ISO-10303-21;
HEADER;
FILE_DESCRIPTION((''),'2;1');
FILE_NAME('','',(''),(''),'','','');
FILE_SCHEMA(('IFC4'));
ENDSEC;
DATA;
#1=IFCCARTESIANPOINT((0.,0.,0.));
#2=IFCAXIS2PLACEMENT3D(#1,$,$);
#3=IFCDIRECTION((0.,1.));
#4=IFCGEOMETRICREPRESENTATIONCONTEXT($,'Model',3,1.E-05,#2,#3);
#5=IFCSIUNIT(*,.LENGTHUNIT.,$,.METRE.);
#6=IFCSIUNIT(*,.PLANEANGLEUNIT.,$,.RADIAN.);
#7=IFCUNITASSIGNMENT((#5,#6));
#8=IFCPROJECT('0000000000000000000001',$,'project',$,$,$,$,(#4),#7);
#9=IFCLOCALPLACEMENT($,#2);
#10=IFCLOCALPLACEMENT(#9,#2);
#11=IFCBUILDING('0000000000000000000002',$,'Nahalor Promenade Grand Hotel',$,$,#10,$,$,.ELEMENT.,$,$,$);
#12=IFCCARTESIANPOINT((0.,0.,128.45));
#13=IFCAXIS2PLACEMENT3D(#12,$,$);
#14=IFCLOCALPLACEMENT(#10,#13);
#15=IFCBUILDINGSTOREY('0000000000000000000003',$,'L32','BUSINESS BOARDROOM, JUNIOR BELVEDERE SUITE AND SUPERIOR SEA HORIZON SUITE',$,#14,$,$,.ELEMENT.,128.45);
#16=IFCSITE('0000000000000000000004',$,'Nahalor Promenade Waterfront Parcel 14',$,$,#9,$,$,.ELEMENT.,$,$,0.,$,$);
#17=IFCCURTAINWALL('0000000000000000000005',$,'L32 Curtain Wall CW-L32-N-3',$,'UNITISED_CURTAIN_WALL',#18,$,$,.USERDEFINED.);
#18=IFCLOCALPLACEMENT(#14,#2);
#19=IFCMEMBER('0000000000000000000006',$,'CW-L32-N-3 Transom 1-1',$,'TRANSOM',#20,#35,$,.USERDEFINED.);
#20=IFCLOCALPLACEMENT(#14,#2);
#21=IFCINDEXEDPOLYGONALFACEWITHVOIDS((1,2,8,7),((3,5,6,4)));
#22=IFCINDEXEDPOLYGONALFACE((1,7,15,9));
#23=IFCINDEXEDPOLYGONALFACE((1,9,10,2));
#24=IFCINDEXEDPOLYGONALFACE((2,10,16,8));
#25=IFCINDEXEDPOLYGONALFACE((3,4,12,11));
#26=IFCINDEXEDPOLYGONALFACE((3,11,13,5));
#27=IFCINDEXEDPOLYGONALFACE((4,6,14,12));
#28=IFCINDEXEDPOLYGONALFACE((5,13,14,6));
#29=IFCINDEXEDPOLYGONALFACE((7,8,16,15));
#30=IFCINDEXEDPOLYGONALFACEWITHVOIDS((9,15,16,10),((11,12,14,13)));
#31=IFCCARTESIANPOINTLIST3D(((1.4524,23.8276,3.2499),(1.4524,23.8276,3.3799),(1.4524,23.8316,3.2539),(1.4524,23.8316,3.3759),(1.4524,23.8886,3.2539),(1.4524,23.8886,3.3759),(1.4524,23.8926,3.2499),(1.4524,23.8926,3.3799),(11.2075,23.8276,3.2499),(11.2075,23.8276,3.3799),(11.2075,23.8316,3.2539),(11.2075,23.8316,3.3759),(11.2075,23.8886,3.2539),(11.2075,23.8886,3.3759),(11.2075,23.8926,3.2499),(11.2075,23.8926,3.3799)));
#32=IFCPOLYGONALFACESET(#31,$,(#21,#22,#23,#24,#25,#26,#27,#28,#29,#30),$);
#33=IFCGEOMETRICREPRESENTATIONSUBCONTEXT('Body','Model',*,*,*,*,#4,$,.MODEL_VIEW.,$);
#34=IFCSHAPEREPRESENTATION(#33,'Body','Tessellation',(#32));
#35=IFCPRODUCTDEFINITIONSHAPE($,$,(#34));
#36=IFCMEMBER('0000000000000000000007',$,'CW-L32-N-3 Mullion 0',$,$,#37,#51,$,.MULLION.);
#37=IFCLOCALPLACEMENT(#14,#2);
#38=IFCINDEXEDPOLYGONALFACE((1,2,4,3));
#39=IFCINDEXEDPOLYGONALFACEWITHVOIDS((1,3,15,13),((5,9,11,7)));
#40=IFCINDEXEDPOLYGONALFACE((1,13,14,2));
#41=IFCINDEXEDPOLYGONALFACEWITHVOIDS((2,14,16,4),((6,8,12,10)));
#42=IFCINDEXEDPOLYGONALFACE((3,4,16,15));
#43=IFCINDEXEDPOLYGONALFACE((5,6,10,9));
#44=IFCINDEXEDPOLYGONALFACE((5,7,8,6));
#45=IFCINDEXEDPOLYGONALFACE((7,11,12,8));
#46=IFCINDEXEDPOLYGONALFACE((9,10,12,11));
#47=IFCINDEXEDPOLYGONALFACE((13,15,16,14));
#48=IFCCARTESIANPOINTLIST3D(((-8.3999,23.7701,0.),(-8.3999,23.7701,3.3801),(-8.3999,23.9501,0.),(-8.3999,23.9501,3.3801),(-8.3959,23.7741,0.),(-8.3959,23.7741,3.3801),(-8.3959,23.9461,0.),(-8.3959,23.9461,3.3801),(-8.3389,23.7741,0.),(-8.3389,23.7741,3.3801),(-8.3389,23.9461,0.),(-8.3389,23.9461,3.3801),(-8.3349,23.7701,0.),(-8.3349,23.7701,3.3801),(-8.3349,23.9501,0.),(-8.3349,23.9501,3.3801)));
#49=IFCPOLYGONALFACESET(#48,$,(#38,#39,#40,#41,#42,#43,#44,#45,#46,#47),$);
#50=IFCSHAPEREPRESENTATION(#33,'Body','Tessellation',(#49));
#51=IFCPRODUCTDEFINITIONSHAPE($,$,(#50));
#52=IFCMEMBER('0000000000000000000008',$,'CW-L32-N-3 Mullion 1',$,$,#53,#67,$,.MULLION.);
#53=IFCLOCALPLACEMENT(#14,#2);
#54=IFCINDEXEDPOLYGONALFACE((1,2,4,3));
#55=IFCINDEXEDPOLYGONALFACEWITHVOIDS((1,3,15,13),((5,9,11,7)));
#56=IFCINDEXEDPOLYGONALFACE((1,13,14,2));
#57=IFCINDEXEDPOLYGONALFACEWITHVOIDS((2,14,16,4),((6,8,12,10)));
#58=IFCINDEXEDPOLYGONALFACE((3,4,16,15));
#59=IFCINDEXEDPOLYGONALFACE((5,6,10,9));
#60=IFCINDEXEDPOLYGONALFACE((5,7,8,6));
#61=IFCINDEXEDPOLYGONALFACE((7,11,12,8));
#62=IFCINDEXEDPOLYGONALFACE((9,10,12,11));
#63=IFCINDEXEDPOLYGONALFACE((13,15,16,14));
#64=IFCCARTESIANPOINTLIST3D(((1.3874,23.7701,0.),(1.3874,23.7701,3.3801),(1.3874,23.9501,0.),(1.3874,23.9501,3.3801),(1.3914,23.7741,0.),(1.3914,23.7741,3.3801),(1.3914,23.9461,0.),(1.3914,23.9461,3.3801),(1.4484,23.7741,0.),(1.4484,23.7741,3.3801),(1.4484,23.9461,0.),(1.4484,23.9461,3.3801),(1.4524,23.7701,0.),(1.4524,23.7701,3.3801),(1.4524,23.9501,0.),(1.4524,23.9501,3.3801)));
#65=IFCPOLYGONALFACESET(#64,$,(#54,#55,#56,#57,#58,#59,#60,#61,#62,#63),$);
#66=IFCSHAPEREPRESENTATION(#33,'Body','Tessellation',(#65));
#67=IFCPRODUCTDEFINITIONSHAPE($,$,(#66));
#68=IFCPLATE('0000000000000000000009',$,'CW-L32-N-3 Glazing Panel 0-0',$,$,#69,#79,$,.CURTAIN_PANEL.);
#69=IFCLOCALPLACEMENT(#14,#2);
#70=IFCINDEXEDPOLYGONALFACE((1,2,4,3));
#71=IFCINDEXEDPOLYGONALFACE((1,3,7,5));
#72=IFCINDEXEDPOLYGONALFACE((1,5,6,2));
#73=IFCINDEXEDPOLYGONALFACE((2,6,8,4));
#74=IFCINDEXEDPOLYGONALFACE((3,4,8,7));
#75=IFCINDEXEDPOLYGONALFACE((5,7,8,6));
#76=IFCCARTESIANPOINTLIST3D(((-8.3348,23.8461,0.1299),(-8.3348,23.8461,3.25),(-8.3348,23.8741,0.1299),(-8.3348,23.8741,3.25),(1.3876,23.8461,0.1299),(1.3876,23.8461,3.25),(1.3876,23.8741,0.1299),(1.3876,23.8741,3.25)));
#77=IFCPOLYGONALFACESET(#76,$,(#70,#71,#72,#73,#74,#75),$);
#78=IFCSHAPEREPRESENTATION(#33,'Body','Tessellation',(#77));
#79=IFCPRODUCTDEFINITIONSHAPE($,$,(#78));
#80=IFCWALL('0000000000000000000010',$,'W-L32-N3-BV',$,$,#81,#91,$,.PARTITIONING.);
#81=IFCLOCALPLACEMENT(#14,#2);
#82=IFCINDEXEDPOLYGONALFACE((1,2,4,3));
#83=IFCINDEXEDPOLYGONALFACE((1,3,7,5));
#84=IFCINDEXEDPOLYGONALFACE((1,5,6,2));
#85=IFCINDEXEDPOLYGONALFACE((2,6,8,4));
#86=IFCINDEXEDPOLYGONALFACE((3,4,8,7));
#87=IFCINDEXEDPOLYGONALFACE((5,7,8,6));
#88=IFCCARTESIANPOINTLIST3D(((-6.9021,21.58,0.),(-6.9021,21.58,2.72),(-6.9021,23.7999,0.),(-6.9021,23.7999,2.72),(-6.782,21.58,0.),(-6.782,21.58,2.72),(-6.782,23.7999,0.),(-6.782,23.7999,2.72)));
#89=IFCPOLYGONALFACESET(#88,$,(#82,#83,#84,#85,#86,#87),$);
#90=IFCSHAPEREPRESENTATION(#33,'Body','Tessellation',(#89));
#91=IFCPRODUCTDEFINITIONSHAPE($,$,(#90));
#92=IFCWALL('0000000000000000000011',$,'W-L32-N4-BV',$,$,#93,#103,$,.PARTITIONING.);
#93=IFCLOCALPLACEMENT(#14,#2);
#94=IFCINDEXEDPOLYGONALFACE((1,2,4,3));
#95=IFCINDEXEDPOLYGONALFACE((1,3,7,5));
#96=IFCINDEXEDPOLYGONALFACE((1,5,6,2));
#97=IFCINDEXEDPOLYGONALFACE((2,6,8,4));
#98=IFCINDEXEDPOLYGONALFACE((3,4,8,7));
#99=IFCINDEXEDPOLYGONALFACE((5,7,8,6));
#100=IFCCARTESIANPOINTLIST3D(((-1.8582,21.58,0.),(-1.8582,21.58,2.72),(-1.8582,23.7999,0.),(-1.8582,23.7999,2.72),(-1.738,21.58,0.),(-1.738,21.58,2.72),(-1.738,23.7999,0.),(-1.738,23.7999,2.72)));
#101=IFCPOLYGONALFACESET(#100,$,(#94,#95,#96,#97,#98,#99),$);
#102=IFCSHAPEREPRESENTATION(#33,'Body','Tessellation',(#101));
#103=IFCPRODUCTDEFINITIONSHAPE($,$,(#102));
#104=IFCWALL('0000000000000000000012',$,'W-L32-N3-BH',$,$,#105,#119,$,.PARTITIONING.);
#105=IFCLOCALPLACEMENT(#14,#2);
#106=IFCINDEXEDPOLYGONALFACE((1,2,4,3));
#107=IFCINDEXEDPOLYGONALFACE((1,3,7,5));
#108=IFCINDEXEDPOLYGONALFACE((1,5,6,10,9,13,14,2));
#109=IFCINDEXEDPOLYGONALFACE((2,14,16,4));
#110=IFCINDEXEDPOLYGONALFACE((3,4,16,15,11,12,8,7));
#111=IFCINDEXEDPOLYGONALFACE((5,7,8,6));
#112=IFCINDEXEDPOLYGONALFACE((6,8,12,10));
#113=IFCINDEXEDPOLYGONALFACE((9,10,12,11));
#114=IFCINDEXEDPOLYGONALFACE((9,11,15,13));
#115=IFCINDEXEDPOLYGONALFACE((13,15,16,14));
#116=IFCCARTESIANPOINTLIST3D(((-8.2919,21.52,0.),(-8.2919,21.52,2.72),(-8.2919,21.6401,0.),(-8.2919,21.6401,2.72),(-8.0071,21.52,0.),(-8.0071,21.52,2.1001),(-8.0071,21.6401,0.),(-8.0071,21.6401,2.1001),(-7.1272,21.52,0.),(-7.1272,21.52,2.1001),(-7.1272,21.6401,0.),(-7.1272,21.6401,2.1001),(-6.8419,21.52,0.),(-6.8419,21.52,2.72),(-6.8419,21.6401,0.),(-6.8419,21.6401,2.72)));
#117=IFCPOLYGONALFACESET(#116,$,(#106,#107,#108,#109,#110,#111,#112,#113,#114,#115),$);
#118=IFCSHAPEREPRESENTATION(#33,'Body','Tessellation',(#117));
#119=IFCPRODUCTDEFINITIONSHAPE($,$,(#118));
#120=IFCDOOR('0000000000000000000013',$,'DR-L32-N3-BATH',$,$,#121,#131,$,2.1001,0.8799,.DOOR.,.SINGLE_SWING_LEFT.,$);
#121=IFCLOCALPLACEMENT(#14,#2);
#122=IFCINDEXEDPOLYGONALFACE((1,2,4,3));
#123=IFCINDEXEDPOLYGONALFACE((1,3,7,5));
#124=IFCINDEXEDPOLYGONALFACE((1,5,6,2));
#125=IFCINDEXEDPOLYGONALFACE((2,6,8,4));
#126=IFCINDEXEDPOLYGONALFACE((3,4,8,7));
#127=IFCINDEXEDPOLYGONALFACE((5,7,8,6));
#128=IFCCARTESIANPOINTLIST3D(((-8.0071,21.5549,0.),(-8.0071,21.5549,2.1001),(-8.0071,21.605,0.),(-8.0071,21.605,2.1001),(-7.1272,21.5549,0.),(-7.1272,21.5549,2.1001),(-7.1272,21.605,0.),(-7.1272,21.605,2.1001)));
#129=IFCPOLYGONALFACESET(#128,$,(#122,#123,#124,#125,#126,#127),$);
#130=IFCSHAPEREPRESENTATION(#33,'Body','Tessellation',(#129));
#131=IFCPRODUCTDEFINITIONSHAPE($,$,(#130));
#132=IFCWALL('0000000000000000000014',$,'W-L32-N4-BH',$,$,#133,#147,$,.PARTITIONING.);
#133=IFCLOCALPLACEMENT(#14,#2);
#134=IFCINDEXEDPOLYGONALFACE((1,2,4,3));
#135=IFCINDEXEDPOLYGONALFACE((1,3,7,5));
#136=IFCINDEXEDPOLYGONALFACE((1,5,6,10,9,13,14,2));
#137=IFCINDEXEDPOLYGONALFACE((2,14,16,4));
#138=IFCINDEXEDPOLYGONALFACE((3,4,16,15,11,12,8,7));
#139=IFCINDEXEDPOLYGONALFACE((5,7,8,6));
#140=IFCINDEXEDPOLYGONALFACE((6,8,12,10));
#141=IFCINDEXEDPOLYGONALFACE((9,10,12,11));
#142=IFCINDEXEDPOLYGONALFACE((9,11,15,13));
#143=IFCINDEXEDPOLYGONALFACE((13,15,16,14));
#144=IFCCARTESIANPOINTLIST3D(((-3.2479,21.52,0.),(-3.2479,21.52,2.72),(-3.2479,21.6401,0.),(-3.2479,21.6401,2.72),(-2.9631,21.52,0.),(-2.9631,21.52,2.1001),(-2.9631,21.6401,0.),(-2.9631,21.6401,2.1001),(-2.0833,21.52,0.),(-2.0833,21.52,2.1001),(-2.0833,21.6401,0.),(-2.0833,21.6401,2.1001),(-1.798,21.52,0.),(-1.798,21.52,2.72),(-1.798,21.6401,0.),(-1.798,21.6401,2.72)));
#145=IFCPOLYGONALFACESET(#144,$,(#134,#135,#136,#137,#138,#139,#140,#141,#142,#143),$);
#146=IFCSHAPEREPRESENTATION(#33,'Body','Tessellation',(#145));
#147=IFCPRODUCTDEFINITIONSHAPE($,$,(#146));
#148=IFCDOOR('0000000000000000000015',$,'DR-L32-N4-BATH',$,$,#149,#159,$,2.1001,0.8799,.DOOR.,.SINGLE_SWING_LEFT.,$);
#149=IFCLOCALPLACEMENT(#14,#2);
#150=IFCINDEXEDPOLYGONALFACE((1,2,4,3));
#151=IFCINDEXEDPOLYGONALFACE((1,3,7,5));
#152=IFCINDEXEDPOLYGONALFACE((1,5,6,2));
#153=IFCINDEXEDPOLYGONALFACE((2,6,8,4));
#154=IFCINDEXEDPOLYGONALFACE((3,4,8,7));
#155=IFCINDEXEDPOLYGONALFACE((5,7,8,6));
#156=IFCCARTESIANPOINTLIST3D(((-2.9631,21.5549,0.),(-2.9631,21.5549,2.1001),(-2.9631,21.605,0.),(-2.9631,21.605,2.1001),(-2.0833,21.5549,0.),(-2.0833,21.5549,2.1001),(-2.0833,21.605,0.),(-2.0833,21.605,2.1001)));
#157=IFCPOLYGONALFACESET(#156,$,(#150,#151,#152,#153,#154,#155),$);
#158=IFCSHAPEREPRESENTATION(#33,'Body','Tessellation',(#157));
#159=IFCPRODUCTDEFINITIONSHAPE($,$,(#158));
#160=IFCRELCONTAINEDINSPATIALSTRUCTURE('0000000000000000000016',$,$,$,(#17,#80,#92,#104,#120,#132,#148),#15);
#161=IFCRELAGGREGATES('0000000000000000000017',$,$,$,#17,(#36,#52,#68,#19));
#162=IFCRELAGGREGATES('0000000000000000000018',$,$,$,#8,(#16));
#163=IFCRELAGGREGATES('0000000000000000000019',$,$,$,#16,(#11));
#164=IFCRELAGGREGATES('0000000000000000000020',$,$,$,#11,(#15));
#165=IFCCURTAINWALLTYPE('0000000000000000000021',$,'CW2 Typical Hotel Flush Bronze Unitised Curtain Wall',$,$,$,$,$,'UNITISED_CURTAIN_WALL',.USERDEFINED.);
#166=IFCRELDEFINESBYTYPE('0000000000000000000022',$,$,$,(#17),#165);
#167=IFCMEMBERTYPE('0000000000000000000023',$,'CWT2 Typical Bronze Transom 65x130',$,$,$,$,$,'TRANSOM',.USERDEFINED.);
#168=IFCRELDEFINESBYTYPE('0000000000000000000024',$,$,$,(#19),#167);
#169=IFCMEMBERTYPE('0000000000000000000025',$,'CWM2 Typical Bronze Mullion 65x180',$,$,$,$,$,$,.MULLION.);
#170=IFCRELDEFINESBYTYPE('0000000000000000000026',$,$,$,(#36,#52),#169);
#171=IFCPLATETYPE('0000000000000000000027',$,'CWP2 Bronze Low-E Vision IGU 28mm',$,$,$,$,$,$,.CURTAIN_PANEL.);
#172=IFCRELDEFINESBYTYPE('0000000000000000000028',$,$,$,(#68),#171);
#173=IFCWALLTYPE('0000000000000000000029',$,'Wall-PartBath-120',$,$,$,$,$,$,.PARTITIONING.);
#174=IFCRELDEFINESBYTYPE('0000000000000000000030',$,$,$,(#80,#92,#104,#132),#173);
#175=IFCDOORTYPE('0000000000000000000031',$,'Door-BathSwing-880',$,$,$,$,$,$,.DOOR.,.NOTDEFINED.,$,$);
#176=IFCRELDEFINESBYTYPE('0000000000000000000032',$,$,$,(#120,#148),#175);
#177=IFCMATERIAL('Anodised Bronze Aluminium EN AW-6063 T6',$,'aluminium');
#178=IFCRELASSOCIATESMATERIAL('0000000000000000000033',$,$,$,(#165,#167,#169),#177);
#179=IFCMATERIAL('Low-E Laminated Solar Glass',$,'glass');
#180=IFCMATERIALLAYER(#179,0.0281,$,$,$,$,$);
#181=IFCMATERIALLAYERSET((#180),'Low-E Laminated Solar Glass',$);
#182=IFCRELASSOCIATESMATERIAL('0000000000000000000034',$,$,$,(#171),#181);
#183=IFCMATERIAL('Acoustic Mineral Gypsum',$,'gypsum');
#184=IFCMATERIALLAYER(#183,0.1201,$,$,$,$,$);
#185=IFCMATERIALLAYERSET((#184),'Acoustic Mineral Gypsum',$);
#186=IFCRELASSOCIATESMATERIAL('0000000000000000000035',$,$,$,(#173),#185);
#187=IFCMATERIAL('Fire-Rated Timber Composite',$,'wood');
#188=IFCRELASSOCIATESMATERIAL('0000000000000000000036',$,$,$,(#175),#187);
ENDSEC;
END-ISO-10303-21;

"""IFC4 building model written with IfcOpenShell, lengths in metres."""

from ifc_helpers import new_model, si_unit, direction, frame, frame_2d, origin, origin_2d, place, context, subcontext, project, spatial, rectangle, hollow_rectangle, extrude, source, transform, mapped, material, layer, layer_set, material_profile, profile_set, type_object, element, fill, aggregate, save


model = new_model("IFC4")

# Units and contexts
model_context = context("Model", 3, precision=1e-05, world=origin(), true_north=direction((0.0, 1.0)))
body_context = subcontext(model_context, "Body", "Model", "MODEL_VIEW")
ifc_project = project(units=[si_unit("LENGTHUNIT", "METRE"), si_unit("PLANEANGLEUNIT", "RADIAN")], contexts=[model_context])

# Site, building, storey
site_placement = place(None, origin())
site = spatial("IfcSite", under=ifc_project, at=site_placement, Name="Nahalor Promenade Waterfront Parcel 14", CompositionType="ELEMENT", RefElevation=0.0)
building_placement = place(site_placement, origin())
building = spatial("IfcBuilding", under=site, at=building_placement, Name="Nahalor Promenade Grand Hotel", CompositionType="ELEMENT")
storey_placement = place(building_placement, frame((0.0, 0.0, 128.45)))
storey = spatial("IfcBuildingStorey", under=building, at=storey_placement, Name="L32", Description="BUSINESS BOARDROOM, JUNIOR BELVEDERE SUITE AND SUPERIOR SEA HORIZON SUITE", CompositionType="ELEMENT", Elevation=128.45)

# Curtain wall, members, plate
ifc_material_1 = material(Name="Anodised Bronze Aluminium EN AW-6063 T6", Category="aluminium")
curtain_wall_type = type_object("IfcCurtainWallType", Name="CW2 Typical Hotel Flush Bronze Unitised Curtain Wall", ElementType="UNITISED_CURTAIN_WALL", PredefinedType="USERDEFINED", material=ifc_material_1)
curtain_wall_placement = place(storey_placement, origin())
curtain_wall = element("IfcCurtainWall", 1, at=curtain_wall_placement, inside=storey, type_object=curtain_wall_type, Name="L32 Curtain Wall CW-L32-N-3", ObjectType="UNITISED_CURTAIN_WALL", PredefinedType="USERDEFINED")
ifc_material_profile_1 = material_profile(ifc_material_1, hollow_rectangle(XDim=0.065, YDim=0.13, WallThickness=0.004, at=origin_2d()), Name="CWT 65x130x4")
ifc_profile_set_1 = profile_set([ifc_material_profile_1], Name="Anodised Bronze Aluminium EN AW-6063 T6")
member_type_1 = type_object("IfcMemberType", Name="CWT2 Typical Bronze Transom 65x130", ElementType="TRANSOM", PredefinedType="USERDEFINED", material=ifc_profile_set_1)
shared_shape_1 = source(origin(), body_context, "Body", "SweptSolid", [
    extrude(hollow_rectangle(XDim=0.065, YDim=0.13, WallThickness=0.004, at=origin_2d()), origin(), (0.0, 0.0, 1.0), 9.7551),
])
member_1_placement = place(storey_placement, frame((1.4524, 23.8601, 3.3149), z_axis=(1.0, 0.0, 0.0), x_axis=(0.0, 1.0, 0.0)))
member_1 = element("IfcMember", 2, at=member_1_placement, type_object=member_type_1, Name="CW-L32-N-3 Transom 1-1", ObjectType="TRANSOM", PredefinedType="USERDEFINED", context=body_context, shape_type="MappedRepresentation", body=[
    mapped(shared_shape_1, transform((0.0, 0.0, 0.0), scale=1.0)),
])
ifc_material_profile_2 = material_profile(ifc_material_1, hollow_rectangle(XDim=0.065, YDim=0.18, WallThickness=0.004, at=origin_2d()), Name="CWM 65x180x4")
ifc_profile_set_2 = profile_set([ifc_material_profile_2], Name="Anodised Bronze Aluminium EN AW-6063 T6")
member_type_2 = type_object("IfcMemberType", Name="CWM2 Typical Bronze Mullion 65x180", PredefinedType="MULLION", material=ifc_profile_set_2)
shared_shape_2 = source(origin(), body_context, "Body", "SweptSolid", [
    extrude(hollow_rectangle(XDim=0.065, YDim=0.18, WallThickness=0.004, at=origin_2d()), origin(), (0.0, 0.0, 1.0), 3.3801),
])
member_2_placement = place(storey_placement, frame((-8.3674, 23.8601, 0.0), z_axis=(0.0, 0.0, 1.0), x_axis=(1.0, 0.0, 0.0)))
member_2 = element("IfcMember", 3, at=member_2_placement, type_object=member_type_2, Name="CW-L32-N-3 Mullion 0", PredefinedType="MULLION", context=body_context, shape_type="MappedRepresentation", body=[
    mapped(shared_shape_2, transform((0.0, 0.0, 0.0), scale=1.0)),
])
member_3_placement = place(storey_placement, frame((1.4199, 23.8601, 0.0), z_axis=(0.0, 0.0, 1.0), x_axis=(1.0, 0.0, 0.0)))
member_3 = element("IfcMember", 4, at=member_3_placement, type_object=member_type_2, Name="CW-L32-N-3 Mullion 1", PredefinedType="MULLION", context=body_context, shape_type="MappedRepresentation", body=[
    mapped(shared_shape_2, transform((0.0, 0.0, 0.0), scale=1.0)),
])
ifc_material_2 = material(Name="Low-E Laminated Solar Glass", Category="glass")
ifc_layer_1 = layer(ifc_material_2, 0.0281)
ifc_layer_set_1 = layer_set([ifc_layer_1], Name="Low-E Laminated Solar Glass")
plate_type = type_object("IfcPlateType", Name="CWP2 Bronze Low-E Vision IGU 28mm", PredefinedType="CURTAIN_PANEL", material=ifc_layer_set_1)
shared_shape_3 = source(origin(), body_context, "Body", "SweptSolid", [
    extrude(rectangle(XDim=9.7224, YDim=0.0281, at=origin_2d()), origin(), (0.0, 0.0, 1.0), 3.1201),
])
plate_placement = place(storey_placement, frame((-3.4736, 23.8601, 0.1299), z_axis=(0.0, 0.0, 1.0), x_axis=(1.0, 0.0, 0.0)))
plate = element("IfcPlate", 5, at=plate_placement, type_object=plate_type, Name="CW-L32-N-3 Glazing Panel 0-0", PredefinedType="CURTAIN_PANEL", context=body_context, shape_type="MappedRepresentation", body=[
    mapped(shared_shape_3, transform((0.0, 0.0, 0.0), scale=1.0)),
])
aggregate(curtain_wall, [member_2, member_3, plate, member_1])

# Walls
ifc_material_3 = material(Name="Acoustic Mineral Gypsum", Category="gypsum")
ifc_layer_2 = layer(ifc_material_3, 0.1201)
ifc_layer_set_2 = layer_set([ifc_layer_2], Name="Acoustic Mineral Gypsum")
wall_type = type_object("IfcWallType", Name="Wall-PartBath-120", PredefinedType="PARTITIONING", material=ifc_layer_set_2)
shared_shape_4 = source(origin(), body_context, "Body", "SweptSolid", [
    extrude(rectangle(XDim=2.22, YDim=0.1201, at=frame_2d((1.1099, 0.0))), origin(), (0.0, 0.0, 1.0), 2.72),
])
for number, where, z_axis, x_axis, name in (
    (6, (-6.842, 21.5801, 0.0), (0.0, 0.0, 1.0), (0.0, 1.0, 0.0), "W-L32-N3-BV"),
    (7, (-1.7981, 21.5801, 0.0), (0.0, 0.0, 1.0), (0.0, 1.0, 0.0), "W-L32-N4-BV"),
):
    element("IfcWall", number, at=place(storey_placement, frame(where, z_axis=z_axis, x_axis=x_axis)), inside=storey, type_object=wall_type, Name=name, PredefinedType="PARTITIONING", context=body_context, shape_type="MappedRepresentation", body=[
        mapped(shared_shape_4, transform((0.0, 0.0, 0.0), scale=1.0)),
    ])

# Walls, openings, doors
shared_shape_5 = source(origin(), body_context, "Body", "SweptSolid", [
    extrude(rectangle(XDim=1.45, YDim=0.1201, at=frame_2d((0.7251, 0.0))), origin(), (0.0, 0.0, 1.0), 2.72),
])
wall_1_placement = place(storey_placement, frame((-8.292, 21.5801, 0.0), z_axis=(0.0, 0.0, 1.0), x_axis=(1.0, 0.0, 0.0)))
wall_1 = element("IfcWall", 8, at=wall_1_placement, inside=storey, type_object=wall_type, Name="W-L32-N3-BH", PredefinedType="PARTITIONING", context=body_context, shape_type="MappedRepresentation", body=[
    mapped(shared_shape_5, transform((0.0, 0.0, 0.0), scale=1.0)),
])
opening_1_placement = place(wall_1_placement, frame((0.2849, 0.0, 0.0)))
opening_1 = element("IfcOpeningElement", 9, at=opening_1_placement, cuts=wall_1, PredefinedType="OPENING", context=body_context, shape_type="SweptSolid", body=[
    extrude(rectangle(XDim=0.8799, YDim=2.1001, at=frame_2d((0.4399, 1.05))), frame((0.0, 0.0701, 0.0), z_axis=(0.0, -1.0, 0.0), x_axis=(1.0, 0.0, 0.0)), (0.0, 0.0, 1.0), 0.1401),
])
ifc_material_4 = material(Name="Fire-Rated Timber Composite", Category="wood")
door_type = type_object("IfcDoorType", Name="Door-BathSwing-880", OperationType="NOTDEFINED", PredefinedType="DOOR", material=ifc_material_4)
shared_shape_6 = source(origin(), body_context, "Body", "SweptSolid", [
    extrude(rectangle(XDim=0.8799, YDim=2.1001, at=frame_2d((0.4399, 1.05))), frame((0.0, 0.0249, 0.0), z_axis=(0.0, -1.0, 0.0), x_axis=(1.0, 0.0, 0.0)), (0.0, 0.0, 1.0), 0.05),
])
door_1_placement = place(opening_1_placement, origin())
door_1 = element("IfcDoor", 10, at=door_1_placement, inside=storey, type_object=door_type, Name="DR-L32-N3-BATH", OperationType="SINGLE_SWING_LEFT", OverallHeight=2.1001, OverallWidth=0.8799, PredefinedType="DOOR", context=body_context, shape_type="MappedRepresentation", body=[
    mapped(shared_shape_6, transform((0.0, 0.0, 0.0), scale=1.0)),
])
fill(opening_1, door_1)
wall_2_placement = place(storey_placement, frame((-3.248, 21.5801, 0.0), z_axis=(0.0, 0.0, 1.0), x_axis=(1.0, 0.0, 0.0)))
wall_2 = element("IfcWall", 11, at=wall_2_placement, inside=storey, type_object=wall_type, Name="W-L32-N4-BH", PredefinedType="PARTITIONING", context=body_context, shape_type="MappedRepresentation", body=[
    mapped(shared_shape_5, transform((0.0, 0.0, 0.0), scale=1.0)),
])
opening_2_placement = place(wall_2_placement, frame((0.2849, 0.0, 0.0)))
opening_2 = element("IfcOpeningElement", 12, at=opening_2_placement, cuts=wall_2, PredefinedType="OPENING", context=body_context, shape_type="SweptSolid", body=[
    extrude(rectangle(XDim=0.8799, YDim=2.1001, at=frame_2d((0.4399, 1.05))), frame((0.0, 0.0701, 0.0), z_axis=(0.0, -1.0, 0.0), x_axis=(1.0, 0.0, 0.0)), (0.0, 0.0, 1.0), 0.1401),
])
door_2_placement = place(opening_2_placement, origin())
door_2 = element("IfcDoor", 13, at=door_2_placement, inside=storey, type_object=door_type, Name="DR-L32-N4-BATH", OperationType="SINGLE_SWING_LEFT", OverallHeight=2.1001, OverallWidth=0.8799, PredefinedType="DOOR", context=body_context, shape_type="MappedRepresentation", body=[
    mapped(shared_shape_6, transform((0.0, 0.0, 0.0), scale=1.0)),
])
fill(opening_2, door_2)

save(model, "model.ifc")
